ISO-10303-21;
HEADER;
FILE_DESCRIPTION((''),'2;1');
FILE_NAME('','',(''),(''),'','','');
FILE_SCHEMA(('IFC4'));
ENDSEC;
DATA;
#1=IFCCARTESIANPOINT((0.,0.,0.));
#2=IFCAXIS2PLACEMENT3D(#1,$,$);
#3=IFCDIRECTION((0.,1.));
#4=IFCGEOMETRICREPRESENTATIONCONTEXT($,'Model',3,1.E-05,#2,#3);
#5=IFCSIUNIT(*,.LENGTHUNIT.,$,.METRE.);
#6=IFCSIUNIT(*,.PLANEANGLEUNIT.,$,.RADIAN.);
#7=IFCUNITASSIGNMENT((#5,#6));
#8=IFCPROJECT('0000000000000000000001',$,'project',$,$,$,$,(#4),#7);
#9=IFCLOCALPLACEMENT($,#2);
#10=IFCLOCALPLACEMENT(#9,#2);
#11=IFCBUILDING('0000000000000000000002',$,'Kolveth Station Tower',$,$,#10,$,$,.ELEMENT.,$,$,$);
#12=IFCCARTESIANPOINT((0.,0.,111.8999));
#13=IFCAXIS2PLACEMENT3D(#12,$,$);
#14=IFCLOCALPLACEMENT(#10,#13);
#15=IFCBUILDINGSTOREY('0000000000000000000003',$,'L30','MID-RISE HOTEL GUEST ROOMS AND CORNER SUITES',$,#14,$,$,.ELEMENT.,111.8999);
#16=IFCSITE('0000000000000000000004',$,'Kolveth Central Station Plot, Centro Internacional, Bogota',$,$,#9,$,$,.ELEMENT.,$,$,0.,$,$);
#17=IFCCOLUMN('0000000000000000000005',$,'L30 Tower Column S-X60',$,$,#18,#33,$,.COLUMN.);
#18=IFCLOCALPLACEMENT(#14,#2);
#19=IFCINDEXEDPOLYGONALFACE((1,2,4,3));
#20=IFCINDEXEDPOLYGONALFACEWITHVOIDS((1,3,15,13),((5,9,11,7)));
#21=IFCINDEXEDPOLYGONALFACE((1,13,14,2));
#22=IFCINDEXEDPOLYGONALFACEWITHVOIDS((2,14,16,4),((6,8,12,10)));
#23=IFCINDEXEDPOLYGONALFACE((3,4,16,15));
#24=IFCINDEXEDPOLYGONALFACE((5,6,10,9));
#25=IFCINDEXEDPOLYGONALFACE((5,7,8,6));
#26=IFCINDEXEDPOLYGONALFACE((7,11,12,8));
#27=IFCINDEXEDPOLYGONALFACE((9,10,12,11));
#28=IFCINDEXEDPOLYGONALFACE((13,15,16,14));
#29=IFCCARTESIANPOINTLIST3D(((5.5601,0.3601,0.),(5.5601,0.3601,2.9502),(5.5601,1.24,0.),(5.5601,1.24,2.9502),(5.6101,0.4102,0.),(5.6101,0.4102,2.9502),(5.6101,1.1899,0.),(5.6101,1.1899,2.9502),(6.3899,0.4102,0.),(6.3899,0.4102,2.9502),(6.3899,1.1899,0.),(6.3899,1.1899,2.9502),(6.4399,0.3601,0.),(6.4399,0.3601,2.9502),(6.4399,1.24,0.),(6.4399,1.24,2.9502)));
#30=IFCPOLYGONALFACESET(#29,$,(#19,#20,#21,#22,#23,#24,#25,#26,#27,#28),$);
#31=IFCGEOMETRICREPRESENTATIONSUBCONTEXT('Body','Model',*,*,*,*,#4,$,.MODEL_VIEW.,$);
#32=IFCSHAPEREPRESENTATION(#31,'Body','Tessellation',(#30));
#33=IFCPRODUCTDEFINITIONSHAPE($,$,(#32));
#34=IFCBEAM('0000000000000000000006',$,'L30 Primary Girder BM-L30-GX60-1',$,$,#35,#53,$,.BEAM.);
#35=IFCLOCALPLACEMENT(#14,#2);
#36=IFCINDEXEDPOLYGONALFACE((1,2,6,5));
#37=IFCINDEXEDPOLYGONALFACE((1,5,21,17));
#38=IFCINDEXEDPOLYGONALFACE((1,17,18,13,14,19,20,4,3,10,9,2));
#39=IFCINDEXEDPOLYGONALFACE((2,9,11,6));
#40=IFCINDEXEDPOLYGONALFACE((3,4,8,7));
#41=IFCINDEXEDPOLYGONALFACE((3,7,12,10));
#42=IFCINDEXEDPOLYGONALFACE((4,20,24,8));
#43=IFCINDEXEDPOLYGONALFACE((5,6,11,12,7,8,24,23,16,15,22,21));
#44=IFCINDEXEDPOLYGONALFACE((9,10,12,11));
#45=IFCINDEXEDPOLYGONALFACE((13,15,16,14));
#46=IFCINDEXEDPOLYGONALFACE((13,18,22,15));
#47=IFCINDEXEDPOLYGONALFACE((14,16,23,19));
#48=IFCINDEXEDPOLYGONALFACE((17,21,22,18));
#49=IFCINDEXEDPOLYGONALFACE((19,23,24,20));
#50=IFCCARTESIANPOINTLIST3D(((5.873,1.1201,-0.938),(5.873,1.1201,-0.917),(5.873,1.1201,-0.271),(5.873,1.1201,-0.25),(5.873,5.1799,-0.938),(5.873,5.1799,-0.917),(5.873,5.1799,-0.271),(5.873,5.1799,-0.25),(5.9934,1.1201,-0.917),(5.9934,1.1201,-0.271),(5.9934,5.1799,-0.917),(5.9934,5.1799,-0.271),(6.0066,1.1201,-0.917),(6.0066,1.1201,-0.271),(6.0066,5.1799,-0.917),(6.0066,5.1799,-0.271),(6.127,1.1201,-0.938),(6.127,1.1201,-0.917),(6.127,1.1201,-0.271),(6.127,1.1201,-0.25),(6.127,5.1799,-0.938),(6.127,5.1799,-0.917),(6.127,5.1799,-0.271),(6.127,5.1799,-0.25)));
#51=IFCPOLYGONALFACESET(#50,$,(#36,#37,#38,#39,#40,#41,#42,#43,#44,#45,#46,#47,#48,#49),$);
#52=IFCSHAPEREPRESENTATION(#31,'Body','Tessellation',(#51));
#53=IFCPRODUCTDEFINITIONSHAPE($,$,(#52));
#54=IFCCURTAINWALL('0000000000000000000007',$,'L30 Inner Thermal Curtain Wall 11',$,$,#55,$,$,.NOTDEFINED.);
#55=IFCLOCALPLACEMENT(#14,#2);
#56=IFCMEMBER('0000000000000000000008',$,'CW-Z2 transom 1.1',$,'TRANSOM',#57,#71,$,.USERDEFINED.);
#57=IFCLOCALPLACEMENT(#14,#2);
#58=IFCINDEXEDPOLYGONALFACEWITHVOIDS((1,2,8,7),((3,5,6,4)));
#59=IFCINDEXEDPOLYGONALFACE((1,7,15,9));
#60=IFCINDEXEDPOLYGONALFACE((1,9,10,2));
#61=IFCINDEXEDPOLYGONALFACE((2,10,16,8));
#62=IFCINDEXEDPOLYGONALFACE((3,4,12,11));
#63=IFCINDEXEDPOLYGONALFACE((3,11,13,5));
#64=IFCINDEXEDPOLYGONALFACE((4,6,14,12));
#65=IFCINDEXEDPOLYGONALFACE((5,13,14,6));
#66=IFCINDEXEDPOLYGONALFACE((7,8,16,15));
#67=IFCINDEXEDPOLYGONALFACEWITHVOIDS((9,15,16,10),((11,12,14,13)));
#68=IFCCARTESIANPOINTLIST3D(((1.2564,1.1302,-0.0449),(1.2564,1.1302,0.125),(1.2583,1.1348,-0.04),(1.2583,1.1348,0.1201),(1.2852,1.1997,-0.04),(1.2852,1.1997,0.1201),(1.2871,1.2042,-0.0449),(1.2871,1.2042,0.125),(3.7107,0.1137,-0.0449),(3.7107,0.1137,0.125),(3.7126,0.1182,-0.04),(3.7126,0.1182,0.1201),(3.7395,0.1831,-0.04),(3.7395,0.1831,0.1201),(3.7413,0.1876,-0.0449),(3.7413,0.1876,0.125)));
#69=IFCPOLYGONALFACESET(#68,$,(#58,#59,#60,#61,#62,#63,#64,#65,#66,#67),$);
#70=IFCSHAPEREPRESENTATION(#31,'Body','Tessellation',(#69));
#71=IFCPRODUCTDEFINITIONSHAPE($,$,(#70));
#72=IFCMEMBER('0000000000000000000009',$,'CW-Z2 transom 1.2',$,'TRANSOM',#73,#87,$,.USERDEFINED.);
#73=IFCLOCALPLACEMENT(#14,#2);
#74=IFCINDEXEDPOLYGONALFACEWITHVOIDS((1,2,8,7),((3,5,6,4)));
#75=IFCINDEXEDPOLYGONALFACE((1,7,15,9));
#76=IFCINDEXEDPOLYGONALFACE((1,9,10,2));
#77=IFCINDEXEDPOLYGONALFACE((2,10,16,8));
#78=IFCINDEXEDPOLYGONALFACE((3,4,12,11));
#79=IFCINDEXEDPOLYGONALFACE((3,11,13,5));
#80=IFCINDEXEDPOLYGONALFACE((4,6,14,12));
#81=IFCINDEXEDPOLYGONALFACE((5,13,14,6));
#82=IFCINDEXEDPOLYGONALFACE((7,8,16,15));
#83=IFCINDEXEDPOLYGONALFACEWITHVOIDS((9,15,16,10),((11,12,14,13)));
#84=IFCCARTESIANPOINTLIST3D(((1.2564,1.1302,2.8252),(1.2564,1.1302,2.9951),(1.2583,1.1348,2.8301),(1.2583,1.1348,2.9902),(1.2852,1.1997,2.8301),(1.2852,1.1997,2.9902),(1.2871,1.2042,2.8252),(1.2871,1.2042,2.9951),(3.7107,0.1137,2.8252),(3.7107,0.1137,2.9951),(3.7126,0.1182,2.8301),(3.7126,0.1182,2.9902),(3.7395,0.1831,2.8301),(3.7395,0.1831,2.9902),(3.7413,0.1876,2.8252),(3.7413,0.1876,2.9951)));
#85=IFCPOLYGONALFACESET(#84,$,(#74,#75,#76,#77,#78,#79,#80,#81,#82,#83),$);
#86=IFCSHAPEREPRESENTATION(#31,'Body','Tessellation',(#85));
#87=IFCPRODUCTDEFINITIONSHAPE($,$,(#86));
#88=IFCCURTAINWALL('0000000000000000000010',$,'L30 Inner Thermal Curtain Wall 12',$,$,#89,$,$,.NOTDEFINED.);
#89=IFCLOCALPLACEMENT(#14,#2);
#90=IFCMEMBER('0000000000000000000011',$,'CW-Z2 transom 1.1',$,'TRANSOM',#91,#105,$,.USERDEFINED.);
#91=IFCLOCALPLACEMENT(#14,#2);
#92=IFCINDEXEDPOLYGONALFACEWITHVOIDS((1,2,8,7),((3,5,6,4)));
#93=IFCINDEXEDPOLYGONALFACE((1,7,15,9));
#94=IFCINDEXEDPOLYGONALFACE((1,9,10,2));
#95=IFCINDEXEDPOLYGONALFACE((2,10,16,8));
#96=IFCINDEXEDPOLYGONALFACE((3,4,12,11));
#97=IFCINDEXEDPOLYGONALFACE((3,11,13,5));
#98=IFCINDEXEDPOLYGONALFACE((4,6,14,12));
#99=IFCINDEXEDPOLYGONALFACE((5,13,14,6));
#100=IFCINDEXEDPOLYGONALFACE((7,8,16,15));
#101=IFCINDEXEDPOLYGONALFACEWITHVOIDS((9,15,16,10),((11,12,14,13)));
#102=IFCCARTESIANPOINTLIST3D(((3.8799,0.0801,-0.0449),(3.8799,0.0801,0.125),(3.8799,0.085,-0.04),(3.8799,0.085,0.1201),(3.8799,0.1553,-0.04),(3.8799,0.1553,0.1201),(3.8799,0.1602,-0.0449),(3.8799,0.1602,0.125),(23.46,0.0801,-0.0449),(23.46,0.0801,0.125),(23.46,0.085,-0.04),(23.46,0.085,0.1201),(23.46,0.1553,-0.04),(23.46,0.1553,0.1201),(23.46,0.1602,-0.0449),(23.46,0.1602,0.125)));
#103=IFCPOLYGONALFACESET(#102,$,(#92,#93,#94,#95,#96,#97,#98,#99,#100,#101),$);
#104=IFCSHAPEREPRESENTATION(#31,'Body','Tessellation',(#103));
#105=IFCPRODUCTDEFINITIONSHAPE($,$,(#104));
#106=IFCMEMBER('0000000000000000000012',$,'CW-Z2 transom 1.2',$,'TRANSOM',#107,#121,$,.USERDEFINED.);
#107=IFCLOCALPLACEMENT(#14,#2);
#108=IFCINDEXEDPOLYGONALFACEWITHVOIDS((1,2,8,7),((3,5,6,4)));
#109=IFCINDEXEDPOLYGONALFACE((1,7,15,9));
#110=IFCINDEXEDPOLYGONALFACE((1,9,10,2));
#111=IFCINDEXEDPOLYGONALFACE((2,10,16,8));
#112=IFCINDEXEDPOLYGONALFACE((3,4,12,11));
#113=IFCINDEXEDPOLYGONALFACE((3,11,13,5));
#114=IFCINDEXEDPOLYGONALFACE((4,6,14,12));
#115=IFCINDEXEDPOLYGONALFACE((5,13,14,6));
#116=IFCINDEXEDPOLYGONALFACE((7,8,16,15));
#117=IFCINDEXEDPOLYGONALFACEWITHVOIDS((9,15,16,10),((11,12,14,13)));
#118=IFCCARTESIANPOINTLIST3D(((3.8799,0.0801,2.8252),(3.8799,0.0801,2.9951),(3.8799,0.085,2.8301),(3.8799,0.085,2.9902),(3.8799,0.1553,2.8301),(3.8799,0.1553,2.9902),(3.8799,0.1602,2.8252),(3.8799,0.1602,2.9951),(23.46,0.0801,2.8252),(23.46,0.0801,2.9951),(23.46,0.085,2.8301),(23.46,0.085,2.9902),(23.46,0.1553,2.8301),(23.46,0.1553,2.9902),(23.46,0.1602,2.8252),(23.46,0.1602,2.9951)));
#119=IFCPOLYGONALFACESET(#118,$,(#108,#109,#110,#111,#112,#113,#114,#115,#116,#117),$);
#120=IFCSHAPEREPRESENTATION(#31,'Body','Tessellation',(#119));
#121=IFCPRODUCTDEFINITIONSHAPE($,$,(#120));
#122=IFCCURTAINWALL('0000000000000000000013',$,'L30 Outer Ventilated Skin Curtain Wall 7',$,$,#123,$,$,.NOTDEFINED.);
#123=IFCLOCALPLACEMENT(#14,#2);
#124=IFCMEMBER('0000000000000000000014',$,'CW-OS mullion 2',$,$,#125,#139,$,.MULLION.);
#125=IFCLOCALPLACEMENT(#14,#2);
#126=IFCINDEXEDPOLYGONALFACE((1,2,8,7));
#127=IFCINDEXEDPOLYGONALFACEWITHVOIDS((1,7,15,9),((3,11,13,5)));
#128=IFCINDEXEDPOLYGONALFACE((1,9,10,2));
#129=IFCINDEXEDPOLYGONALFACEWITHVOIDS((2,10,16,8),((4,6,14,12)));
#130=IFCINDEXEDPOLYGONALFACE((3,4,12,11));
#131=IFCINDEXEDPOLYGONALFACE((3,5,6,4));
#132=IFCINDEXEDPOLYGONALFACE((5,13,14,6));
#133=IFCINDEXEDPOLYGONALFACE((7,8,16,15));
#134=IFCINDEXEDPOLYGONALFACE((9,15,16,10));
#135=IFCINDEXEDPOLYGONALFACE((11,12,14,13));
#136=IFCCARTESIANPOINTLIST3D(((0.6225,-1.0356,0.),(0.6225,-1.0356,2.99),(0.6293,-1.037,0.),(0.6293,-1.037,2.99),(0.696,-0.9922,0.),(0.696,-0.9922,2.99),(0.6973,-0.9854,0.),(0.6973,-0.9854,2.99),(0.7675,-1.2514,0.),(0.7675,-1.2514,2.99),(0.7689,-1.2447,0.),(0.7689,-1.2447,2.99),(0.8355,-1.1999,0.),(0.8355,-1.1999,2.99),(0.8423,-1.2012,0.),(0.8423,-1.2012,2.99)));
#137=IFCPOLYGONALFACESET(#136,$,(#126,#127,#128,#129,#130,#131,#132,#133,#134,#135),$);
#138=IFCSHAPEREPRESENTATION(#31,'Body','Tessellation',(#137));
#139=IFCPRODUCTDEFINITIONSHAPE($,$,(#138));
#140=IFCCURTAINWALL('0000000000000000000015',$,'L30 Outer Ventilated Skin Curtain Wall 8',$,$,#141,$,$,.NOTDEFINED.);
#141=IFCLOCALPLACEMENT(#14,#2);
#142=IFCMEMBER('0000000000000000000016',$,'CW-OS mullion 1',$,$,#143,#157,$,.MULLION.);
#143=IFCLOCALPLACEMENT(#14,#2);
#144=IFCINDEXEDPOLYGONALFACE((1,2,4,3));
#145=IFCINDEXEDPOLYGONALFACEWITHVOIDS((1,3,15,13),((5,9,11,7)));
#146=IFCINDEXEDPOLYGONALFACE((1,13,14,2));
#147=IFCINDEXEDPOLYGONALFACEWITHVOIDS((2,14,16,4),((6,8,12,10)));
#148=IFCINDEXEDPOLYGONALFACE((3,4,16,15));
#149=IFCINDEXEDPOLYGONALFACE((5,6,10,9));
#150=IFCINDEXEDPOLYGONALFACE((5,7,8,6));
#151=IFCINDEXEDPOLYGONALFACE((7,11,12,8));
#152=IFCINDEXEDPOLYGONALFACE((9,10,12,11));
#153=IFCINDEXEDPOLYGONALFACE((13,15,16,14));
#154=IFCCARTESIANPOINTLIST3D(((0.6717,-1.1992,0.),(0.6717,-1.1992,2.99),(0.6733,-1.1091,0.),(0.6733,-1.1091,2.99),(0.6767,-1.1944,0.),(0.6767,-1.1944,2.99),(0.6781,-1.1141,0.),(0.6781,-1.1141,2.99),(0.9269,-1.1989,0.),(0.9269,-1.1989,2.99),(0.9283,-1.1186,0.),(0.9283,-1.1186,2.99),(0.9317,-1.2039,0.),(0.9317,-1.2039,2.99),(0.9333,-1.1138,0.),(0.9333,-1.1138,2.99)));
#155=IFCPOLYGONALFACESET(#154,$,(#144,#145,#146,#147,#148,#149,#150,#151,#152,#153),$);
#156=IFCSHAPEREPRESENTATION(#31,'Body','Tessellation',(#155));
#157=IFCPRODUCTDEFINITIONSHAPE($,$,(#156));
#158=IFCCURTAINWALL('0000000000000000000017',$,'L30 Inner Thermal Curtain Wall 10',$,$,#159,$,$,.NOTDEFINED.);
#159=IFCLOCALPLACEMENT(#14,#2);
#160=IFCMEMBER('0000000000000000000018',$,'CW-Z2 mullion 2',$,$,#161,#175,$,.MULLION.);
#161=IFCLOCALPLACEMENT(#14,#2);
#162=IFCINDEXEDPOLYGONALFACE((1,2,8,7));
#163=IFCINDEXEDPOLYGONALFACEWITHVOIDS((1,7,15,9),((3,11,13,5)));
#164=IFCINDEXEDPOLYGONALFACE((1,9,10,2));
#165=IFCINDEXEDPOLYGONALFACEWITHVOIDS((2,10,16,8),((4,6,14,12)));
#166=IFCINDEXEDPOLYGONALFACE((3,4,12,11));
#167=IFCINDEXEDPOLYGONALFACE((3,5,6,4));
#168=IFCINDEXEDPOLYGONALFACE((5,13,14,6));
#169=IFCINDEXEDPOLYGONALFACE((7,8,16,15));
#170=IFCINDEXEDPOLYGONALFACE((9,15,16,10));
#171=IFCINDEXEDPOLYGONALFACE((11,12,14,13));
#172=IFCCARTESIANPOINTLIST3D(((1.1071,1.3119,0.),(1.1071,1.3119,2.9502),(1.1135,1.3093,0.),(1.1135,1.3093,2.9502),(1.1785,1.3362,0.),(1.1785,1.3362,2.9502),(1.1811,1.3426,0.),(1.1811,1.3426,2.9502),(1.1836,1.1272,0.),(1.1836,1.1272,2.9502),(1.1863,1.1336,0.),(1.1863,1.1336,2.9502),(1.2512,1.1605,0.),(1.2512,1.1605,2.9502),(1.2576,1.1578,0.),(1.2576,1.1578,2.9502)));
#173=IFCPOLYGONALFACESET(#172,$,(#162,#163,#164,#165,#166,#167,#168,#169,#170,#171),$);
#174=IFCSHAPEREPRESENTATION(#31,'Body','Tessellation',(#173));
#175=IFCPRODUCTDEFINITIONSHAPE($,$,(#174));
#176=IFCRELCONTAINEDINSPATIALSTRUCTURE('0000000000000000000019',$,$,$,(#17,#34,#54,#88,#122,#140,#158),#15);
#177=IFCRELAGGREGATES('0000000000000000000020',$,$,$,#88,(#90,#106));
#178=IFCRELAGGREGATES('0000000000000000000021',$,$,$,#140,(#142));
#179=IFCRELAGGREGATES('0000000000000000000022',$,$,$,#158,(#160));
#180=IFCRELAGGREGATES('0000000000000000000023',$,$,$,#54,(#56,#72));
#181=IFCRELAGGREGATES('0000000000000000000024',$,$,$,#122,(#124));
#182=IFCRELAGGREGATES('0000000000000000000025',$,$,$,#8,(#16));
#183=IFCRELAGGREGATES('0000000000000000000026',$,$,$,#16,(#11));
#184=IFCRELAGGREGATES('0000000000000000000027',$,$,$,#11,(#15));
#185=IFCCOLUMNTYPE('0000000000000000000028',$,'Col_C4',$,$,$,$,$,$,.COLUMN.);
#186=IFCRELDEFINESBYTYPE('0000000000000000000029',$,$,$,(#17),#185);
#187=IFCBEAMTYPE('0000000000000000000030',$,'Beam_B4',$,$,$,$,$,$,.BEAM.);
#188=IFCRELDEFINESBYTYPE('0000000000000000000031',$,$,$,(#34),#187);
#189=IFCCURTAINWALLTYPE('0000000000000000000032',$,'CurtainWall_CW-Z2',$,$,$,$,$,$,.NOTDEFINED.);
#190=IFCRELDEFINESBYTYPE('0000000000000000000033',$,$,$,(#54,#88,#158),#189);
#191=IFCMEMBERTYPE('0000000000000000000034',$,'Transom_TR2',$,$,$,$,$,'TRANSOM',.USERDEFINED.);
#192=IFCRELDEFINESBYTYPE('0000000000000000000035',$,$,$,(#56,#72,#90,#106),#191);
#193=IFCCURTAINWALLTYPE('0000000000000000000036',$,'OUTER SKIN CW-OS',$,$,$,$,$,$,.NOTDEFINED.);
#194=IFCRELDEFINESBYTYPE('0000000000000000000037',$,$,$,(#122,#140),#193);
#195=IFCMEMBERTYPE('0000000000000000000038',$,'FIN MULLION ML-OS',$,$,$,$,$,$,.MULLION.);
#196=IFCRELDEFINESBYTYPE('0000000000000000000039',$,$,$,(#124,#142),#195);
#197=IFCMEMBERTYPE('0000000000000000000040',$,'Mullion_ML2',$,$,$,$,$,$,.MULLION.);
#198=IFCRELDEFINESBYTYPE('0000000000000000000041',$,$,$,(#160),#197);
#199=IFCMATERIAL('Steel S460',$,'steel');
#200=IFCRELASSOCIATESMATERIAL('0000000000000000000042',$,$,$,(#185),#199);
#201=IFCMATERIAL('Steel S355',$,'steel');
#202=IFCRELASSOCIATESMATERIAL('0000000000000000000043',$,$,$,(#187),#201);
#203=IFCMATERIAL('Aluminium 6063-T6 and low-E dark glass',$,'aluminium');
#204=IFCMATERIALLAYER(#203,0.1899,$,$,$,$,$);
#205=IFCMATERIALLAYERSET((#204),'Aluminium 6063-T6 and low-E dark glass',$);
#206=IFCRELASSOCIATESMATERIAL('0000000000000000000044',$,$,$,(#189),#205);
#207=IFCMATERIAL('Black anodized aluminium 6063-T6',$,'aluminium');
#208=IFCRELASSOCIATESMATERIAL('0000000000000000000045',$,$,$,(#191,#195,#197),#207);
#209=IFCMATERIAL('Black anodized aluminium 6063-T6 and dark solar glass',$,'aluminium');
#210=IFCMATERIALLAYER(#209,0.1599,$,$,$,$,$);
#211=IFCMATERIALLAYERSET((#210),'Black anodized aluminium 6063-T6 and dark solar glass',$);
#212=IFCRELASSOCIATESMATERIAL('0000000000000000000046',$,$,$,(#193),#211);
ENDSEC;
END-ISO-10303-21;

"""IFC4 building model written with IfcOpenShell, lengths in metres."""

from ifc_helpers import new_model, si_unit, direction, frame, origin, origin_2d, place, context, subcontext, project, spatial, hollow_rectangle, i_section, extrude, source, transform, mapped, material, layer, layer_set, material_profile, profile_set, type_object, element, aggregate, save


model = new_model("IFC4")

# Units and contexts
model_context = context("Model", 3, precision=1e-05, world=origin(), true_north=direction((0.0, 1.0)))
body_context = subcontext(model_context, "Body", "Model", "MODEL_VIEW")
ifc_project = project(units=[si_unit("LENGTHUNIT", "METRE"), si_unit("PLANEANGLEUNIT", "RADIAN")], contexts=[model_context])

# Site, building, storey
site_placement = place(None, origin())
site = spatial("IfcSite", under=ifc_project, at=site_placement, Name="Kolveth Central Station Plot, Centro Internacional, Bogota", CompositionType="ELEMENT", RefElevation=0.0)
building_placement = place(site_placement, origin())
building = spatial("IfcBuilding", under=site, at=building_placement, Name="Kolveth Station Tower", CompositionType="ELEMENT")
storey_placement = place(building_placement, frame((0.0, 0.0, 111.8999)))
storey = spatial("IfcBuildingStorey", under=building, at=storey_placement, Name="L30", Description="MID-RISE HOTEL GUEST ROOMS AND CORNER SUITES", CompositionType="ELEMENT", Elevation=111.8999)

# Column
ifc_material_1 = material(Name="Steel S460", Category="steel")
ifc_material_profile_1 = material_profile(ifc_material_1, hollow_rectangle(XDim=0.8799, YDim=0.8799, WallThickness=0.05, at=origin_2d()), Name="BOX880x880x50")
ifc_profile_set_1 = profile_set([ifc_material_profile_1], Name="Steel S460")
column_type = type_object("IfcColumnType", Name="Col_C4", PredefinedType="COLUMN", material=ifc_profile_set_1)
shared_shape_1 = source(origin(), body_context, "Body", "SweptSolid", [
    extrude(hollow_rectangle(XDim=0.8799, YDim=0.8799, WallThickness=0.05, at=origin_2d()), origin(), (0.0, 0.0, 1.0), 2.9502),
])
column_placement = place(storey_placement, frame((6.0, 0.8, 0.0), z_axis=(0.0, 0.0, 1.0), x_axis=(1.0, 0.0, 0.0)))
element("IfcColumn", 1, at=column_placement, inside=storey, type_object=column_type, Name="L30 Tower Column S-X60", PredefinedType="COLUMN", context=body_context, shape_type="MappedRepresentation", body=[
    mapped(shared_shape_1, transform((0.0, 0.0, 0.0), x_axis=(1.0, 0.0, 0.0), y_axis=(0.0, 1.0, 0.0), z_axis=(0.0, 0.0, 1.0), scale=1.0)),
])

# Beam
ifc_material_2 = material(Name="Steel S355", Category="steel")
ifc_material_profile_2 = material_profile(ifc_material_2, i_section(OverallWidth=0.2539, OverallDepth=0.688, WebThickness=0.0132, FlangeThickness=0.021, at=origin_2d()), Name="W690x152")
ifc_profile_set_2 = profile_set([ifc_material_profile_2], Name="Steel S355")
beam_type = type_object("IfcBeamType", Name="Beam_B4", PredefinedType="BEAM", material=ifc_profile_set_2)
shared_shape_2 = source(origin(), body_context, "Body", "SweptSolid", [
    extrude(i_section(OverallWidth=0.2539, OverallDepth=0.688, WebThickness=0.0132, FlangeThickness=0.021, at=origin_2d()), origin(), (0.0, 0.0, 1.0), 4.0598),
])
beam_placement = place(storey_placement, frame((6.0, 1.1201, -0.594), z_axis=(0.0, 1.0, 0.0), x_axis=(-1.0, 0.0, 0.0)))
element("IfcBeam", 2, at=beam_placement, inside=storey, type_object=beam_type, Name="L30 Primary Girder BM-L30-GX60-1", PredefinedType="BEAM", context=body_context, shape_type="MappedRepresentation", body=[
    mapped(shared_shape_2, transform((0.0, 0.0, 0.0), x_axis=(1.0, 0.0, 0.0), y_axis=(0.0, 1.0, 0.0), z_axis=(0.0, 0.0, 1.0), scale=1.0)),
])

# Curtain walls, members
ifc_material_3 = material(Name="Aluminium 6063-T6 and low-E dark glass", Category="aluminium")
ifc_layer_1 = layer(ifc_material_3, 0.1899)
ifc_layer_set_1 = layer_set([ifc_layer_1], Name="Aluminium 6063-T6 and low-E dark glass")
curtain_wall_type_1 = type_object("IfcCurtainWallType", Name="CurtainWall_CW-Z2", PredefinedType="NOTDEFINED", material=ifc_layer_set_1)
curtain_wall_1_placement = place(storey_placement, origin())
curtain_wall_1 = element("IfcCurtainWall", 3, at=curtain_wall_1_placement, inside=storey, type_object=curtain_wall_type_1, Name="L30 Inner Thermal Curtain Wall 11", PredefinedType="NOTDEFINED")
ifc_material_4 = material(Name="Black anodized aluminium 6063-T6", Category="aluminium")
ifc_material_profile_3 = material_profile(ifc_material_4, hollow_rectangle(XDim=0.0801, YDim=0.1699, WallThickness=0.0049, at=origin_2d()), Name="ALU-80x170x5")
ifc_profile_set_3 = profile_set([ifc_material_profile_3], Name="Black anodized aluminium 6063-T6")
member_type_1 = type_object("IfcMemberType", Name="Transom_TR2", ElementType="TRANSOM", PredefinedType="USERDEFINED", material=ifc_profile_set_3)
shared_shape_3 = source(origin(), body_context, "Body", "SweptSolid", [
    extrude(hollow_rectangle(XDim=0.0801, YDim=0.1699, WallThickness=0.0049, at=origin_2d()), origin(), (0.0, 0.0, 1.0), 2.6565),
])
member_1_placement = place(storey_placement, frame((1.2717, 1.1672, 0.04), z_axis=(0.923882, -0.382676, 0.0), x_axis=(0.382676, 0.923882, 0.0)))
member_1 = element("IfcMember", 4, at=member_1_placement, type_object=member_type_1, Name="CW-Z2 transom 1.1", ObjectType="TRANSOM", PredefinedType="USERDEFINED", context=body_context, shape_type="MappedRepresentation", body=[
    mapped(shared_shape_3, transform((0.0, 0.0, 0.0), x_axis=(1.0, 0.0, 0.0), y_axis=(0.0, 1.0, 0.0), z_axis=(0.0, 0.0, 1.0), scale=1.0)),
])
member_2_placement = place(storey_placement, frame((1.2717, 1.1672, 2.9102), z_axis=(0.923882, -0.382676, 0.0), x_axis=(0.382676, 0.923882, 0.0)))
member_2 = element("IfcMember", 5, at=member_2_placement, type_object=member_type_1, Name="CW-Z2 transom 1.2", ObjectType="TRANSOM", PredefinedType="USERDEFINED", context=body_context, shape_type="MappedRepresentation", body=[
    mapped(shared_shape_3, transform((0.0, 0.0, 0.0), x_axis=(1.0, 0.0, 0.0), y_axis=(0.0, 1.0, 0.0), z_axis=(0.0, 0.0, 1.0), scale=1.0)),
])
curtain_wall_2_placement = place(storey_placement, origin())
curtain_wall_2 = element("IfcCurtainWall", 6, at=curtain_wall_2_placement, inside=storey, type_object=curtain_wall_type_1, Name="L30 Inner Thermal Curtain Wall 12", PredefinedType="NOTDEFINED")
shared_shape_4 = source(origin(), body_context, "Body", "SweptSolid", [
    extrude(hollow_rectangle(XDim=0.0801, YDim=0.1699, WallThickness=0.0049, at=origin_2d()), origin(), (0.0, 0.0, 1.0), 19.5801),
])
member_3_placement = place(storey_placement, frame((3.8799, 0.1201, 0.04), z_axis=(1.0, 0.0, 0.0), x_axis=(0.0, 1.0, 0.0)))
member_3 = element("IfcMember", 7, at=member_3_placement, type_object=member_type_1, Name="CW-Z2 transom 1.1", ObjectType="TRANSOM", PredefinedType="USERDEFINED", context=body_context, shape_type="MappedRepresentation", body=[
    mapped(shared_shape_4, transform((0.0, 0.0, 0.0), x_axis=(1.0, 0.0, 0.0), y_axis=(0.0, 1.0, 0.0), z_axis=(0.0, 0.0, 1.0), scale=1.0)),
])
member_4_placement = place(storey_placement, frame((3.8799, 0.1201, 2.9102), z_axis=(1.0, 0.0, 0.0), x_axis=(0.0, 1.0, 0.0)))
member_4 = element("IfcMember", 8, at=member_4_placement, type_object=member_type_1, Name="CW-Z2 transom 1.2", ObjectType="TRANSOM", PredefinedType="USERDEFINED", context=body_context, shape_type="MappedRepresentation", body=[
    mapped(shared_shape_4, transform((0.0, 0.0, 0.0), x_axis=(1.0, 0.0, 0.0), y_axis=(0.0, 1.0, 0.0), z_axis=(0.0, 0.0, 1.0), scale=1.0)),
])

# Curtain walls, members
ifc_material_5 = material(Name="Black anodized aluminium 6063-T6 and dark solar glass", Category="aluminium")
ifc_layer_2 = layer(ifc_material_5, 0.1599)
ifc_layer_set_2 = layer_set([ifc_layer_2], Name="Black anodized aluminium 6063-T6 and dark solar glass")
curtain_wall_type_2 = type_object("IfcCurtainWallType", Name="OUTER SKIN CW-OS", PredefinedType="NOTDEFINED", material=ifc_layer_set_2)
curtain_wall_3_placement = place(storey_placement, origin())
curtain_wall_3 = element("IfcCurtainWall", 9, at=curtain_wall_3_placement, inside=storey, type_object=curtain_wall_type_2, Name="L30 Outer Ventilated Skin Curtain Wall 7", PredefinedType="NOTDEFINED")
ifc_material_profile_4 = material_profile(ifc_material_4, hollow_rectangle(XDim=0.0901, YDim=0.26, WallThickness=0.0049, at=origin_2d()), Name="ALU-90x260x5")
ifc_profile_set_4 = profile_set([ifc_material_profile_4], Name="Black anodized aluminium 6063-T6")
member_type_2 = type_object("IfcMemberType", Name="FIN MULLION ML-OS", PredefinedType="MULLION", material=ifc_profile_set_4)
shared_shape_5 = source(origin(), body_context, "Body", "SweptSolid", [
    extrude(hollow_rectangle(XDim=0.0901, YDim=0.26, WallThickness=0.0049, at=origin_2d()), origin(), (0.0, 0.0, 1.0), 2.99),
])
member_5_placement = place(storey_placement, frame((0.7324, -1.1184, 0.0), z_axis=(0.0, 0.0, 1.0), x_axis=(0.830006, 0.557754, 0.0)))
member_5 = element("IfcMember", 10, at=member_5_placement, type_object=member_type_2, Name="CW-OS mullion 2", PredefinedType="MULLION", context=body_context, shape_type="MappedRepresentation", body=[
    mapped(shared_shape_5, transform((0.0, 0.0, 0.0), x_axis=(1.0, 0.0, 0.0), y_axis=(0.0, 1.0, 0.0), z_axis=(0.0, 0.0, 1.0), scale=1.0)),
])
curtain_wall_4_placement = place(storey_placement, origin())
curtain_wall_4 = element("IfcCurtainWall", 11, at=curtain_wall_4_placement, inside=storey, type_object=curtain_wall_type_2, Name="L30 Outer Ventilated Skin Curtain Wall 8", PredefinedType="NOTDEFINED")
member_6_placement = place(storey_placement, frame((0.8025, -1.1565, 0.0), z_axis=(0.0, 0.0, 1.0), x_axis=(0.018161, 0.999835, 0.0)))
member_6 = element("IfcMember", 12, at=member_6_placement, type_object=member_type_2, Name="CW-OS mullion 1", PredefinedType="MULLION", context=body_context, shape_type="MappedRepresentation", body=[
    mapped(shared_shape_5, transform((0.0, 0.0, 0.0), x_axis=(1.0, 0.0, 0.0), y_axis=(0.0, 1.0, 0.0), z_axis=(0.0, 0.0, 1.0), scale=1.0)),
])
curtain_wall_5_placement = place(storey_placement, origin())
curtain_wall_5 = element("IfcCurtainWall", 13, at=curtain_wall_5_placement, inside=storey, type_object=curtain_wall_type_1, Name="L30 Inner Thermal Curtain Wall 10", PredefinedType="NOTDEFINED")
ifc_material_profile_5 = material_profile(ifc_material_4, hollow_rectangle(XDim=0.0801, YDim=0.2, WallThickness=0.0049, at=origin_2d()), Name="ALU-80x200x5")
ifc_profile_set_5 = profile_set([ifc_material_profile_5], Name="Black anodized aluminium 6063-T6")
member_type_3 = type_object("IfcMemberType", Name="Mullion_ML2", PredefinedType="MULLION", material=ifc_profile_set_5)
shared_shape_6 = source(origin(), body_context, "Body", "SweptSolid", [
    extrude(hollow_rectangle(XDim=0.0801, YDim=0.2, WallThickness=0.0049, at=origin_2d()), origin(), (0.0, 0.0, 1.0), 2.9502),
])
member_7_placement = place(storey_placement, frame((1.1824, 1.2349, 0.0), z_axis=(0.0, 0.0, 1.0), x_axis=(0.923888, 0.382663, 0.0)))
member_7 = element("IfcMember", 14, at=member_7_placement, type_object=member_type_3, Name="CW-Z2 mullion 2", PredefinedType="MULLION", context=body_context, shape_type="MappedRepresentation", body=[
    mapped(shared_shape_6, transform((0.0, 0.0, 0.0), x_axis=(1.0, 0.0, 0.0), y_axis=(0.0, 1.0, 0.0), z_axis=(0.0, 0.0, 1.0), scale=1.0)),
])

aggregate(curtain_wall_2, [member_3, member_4])
aggregate(curtain_wall_4, [member_6])

aggregate(curtain_wall_5, [member_7])
aggregate(curtain_wall_1, [member_1, member_2])
aggregate(curtain_wall_3, [member_5])

save(model, "model.ifc")
